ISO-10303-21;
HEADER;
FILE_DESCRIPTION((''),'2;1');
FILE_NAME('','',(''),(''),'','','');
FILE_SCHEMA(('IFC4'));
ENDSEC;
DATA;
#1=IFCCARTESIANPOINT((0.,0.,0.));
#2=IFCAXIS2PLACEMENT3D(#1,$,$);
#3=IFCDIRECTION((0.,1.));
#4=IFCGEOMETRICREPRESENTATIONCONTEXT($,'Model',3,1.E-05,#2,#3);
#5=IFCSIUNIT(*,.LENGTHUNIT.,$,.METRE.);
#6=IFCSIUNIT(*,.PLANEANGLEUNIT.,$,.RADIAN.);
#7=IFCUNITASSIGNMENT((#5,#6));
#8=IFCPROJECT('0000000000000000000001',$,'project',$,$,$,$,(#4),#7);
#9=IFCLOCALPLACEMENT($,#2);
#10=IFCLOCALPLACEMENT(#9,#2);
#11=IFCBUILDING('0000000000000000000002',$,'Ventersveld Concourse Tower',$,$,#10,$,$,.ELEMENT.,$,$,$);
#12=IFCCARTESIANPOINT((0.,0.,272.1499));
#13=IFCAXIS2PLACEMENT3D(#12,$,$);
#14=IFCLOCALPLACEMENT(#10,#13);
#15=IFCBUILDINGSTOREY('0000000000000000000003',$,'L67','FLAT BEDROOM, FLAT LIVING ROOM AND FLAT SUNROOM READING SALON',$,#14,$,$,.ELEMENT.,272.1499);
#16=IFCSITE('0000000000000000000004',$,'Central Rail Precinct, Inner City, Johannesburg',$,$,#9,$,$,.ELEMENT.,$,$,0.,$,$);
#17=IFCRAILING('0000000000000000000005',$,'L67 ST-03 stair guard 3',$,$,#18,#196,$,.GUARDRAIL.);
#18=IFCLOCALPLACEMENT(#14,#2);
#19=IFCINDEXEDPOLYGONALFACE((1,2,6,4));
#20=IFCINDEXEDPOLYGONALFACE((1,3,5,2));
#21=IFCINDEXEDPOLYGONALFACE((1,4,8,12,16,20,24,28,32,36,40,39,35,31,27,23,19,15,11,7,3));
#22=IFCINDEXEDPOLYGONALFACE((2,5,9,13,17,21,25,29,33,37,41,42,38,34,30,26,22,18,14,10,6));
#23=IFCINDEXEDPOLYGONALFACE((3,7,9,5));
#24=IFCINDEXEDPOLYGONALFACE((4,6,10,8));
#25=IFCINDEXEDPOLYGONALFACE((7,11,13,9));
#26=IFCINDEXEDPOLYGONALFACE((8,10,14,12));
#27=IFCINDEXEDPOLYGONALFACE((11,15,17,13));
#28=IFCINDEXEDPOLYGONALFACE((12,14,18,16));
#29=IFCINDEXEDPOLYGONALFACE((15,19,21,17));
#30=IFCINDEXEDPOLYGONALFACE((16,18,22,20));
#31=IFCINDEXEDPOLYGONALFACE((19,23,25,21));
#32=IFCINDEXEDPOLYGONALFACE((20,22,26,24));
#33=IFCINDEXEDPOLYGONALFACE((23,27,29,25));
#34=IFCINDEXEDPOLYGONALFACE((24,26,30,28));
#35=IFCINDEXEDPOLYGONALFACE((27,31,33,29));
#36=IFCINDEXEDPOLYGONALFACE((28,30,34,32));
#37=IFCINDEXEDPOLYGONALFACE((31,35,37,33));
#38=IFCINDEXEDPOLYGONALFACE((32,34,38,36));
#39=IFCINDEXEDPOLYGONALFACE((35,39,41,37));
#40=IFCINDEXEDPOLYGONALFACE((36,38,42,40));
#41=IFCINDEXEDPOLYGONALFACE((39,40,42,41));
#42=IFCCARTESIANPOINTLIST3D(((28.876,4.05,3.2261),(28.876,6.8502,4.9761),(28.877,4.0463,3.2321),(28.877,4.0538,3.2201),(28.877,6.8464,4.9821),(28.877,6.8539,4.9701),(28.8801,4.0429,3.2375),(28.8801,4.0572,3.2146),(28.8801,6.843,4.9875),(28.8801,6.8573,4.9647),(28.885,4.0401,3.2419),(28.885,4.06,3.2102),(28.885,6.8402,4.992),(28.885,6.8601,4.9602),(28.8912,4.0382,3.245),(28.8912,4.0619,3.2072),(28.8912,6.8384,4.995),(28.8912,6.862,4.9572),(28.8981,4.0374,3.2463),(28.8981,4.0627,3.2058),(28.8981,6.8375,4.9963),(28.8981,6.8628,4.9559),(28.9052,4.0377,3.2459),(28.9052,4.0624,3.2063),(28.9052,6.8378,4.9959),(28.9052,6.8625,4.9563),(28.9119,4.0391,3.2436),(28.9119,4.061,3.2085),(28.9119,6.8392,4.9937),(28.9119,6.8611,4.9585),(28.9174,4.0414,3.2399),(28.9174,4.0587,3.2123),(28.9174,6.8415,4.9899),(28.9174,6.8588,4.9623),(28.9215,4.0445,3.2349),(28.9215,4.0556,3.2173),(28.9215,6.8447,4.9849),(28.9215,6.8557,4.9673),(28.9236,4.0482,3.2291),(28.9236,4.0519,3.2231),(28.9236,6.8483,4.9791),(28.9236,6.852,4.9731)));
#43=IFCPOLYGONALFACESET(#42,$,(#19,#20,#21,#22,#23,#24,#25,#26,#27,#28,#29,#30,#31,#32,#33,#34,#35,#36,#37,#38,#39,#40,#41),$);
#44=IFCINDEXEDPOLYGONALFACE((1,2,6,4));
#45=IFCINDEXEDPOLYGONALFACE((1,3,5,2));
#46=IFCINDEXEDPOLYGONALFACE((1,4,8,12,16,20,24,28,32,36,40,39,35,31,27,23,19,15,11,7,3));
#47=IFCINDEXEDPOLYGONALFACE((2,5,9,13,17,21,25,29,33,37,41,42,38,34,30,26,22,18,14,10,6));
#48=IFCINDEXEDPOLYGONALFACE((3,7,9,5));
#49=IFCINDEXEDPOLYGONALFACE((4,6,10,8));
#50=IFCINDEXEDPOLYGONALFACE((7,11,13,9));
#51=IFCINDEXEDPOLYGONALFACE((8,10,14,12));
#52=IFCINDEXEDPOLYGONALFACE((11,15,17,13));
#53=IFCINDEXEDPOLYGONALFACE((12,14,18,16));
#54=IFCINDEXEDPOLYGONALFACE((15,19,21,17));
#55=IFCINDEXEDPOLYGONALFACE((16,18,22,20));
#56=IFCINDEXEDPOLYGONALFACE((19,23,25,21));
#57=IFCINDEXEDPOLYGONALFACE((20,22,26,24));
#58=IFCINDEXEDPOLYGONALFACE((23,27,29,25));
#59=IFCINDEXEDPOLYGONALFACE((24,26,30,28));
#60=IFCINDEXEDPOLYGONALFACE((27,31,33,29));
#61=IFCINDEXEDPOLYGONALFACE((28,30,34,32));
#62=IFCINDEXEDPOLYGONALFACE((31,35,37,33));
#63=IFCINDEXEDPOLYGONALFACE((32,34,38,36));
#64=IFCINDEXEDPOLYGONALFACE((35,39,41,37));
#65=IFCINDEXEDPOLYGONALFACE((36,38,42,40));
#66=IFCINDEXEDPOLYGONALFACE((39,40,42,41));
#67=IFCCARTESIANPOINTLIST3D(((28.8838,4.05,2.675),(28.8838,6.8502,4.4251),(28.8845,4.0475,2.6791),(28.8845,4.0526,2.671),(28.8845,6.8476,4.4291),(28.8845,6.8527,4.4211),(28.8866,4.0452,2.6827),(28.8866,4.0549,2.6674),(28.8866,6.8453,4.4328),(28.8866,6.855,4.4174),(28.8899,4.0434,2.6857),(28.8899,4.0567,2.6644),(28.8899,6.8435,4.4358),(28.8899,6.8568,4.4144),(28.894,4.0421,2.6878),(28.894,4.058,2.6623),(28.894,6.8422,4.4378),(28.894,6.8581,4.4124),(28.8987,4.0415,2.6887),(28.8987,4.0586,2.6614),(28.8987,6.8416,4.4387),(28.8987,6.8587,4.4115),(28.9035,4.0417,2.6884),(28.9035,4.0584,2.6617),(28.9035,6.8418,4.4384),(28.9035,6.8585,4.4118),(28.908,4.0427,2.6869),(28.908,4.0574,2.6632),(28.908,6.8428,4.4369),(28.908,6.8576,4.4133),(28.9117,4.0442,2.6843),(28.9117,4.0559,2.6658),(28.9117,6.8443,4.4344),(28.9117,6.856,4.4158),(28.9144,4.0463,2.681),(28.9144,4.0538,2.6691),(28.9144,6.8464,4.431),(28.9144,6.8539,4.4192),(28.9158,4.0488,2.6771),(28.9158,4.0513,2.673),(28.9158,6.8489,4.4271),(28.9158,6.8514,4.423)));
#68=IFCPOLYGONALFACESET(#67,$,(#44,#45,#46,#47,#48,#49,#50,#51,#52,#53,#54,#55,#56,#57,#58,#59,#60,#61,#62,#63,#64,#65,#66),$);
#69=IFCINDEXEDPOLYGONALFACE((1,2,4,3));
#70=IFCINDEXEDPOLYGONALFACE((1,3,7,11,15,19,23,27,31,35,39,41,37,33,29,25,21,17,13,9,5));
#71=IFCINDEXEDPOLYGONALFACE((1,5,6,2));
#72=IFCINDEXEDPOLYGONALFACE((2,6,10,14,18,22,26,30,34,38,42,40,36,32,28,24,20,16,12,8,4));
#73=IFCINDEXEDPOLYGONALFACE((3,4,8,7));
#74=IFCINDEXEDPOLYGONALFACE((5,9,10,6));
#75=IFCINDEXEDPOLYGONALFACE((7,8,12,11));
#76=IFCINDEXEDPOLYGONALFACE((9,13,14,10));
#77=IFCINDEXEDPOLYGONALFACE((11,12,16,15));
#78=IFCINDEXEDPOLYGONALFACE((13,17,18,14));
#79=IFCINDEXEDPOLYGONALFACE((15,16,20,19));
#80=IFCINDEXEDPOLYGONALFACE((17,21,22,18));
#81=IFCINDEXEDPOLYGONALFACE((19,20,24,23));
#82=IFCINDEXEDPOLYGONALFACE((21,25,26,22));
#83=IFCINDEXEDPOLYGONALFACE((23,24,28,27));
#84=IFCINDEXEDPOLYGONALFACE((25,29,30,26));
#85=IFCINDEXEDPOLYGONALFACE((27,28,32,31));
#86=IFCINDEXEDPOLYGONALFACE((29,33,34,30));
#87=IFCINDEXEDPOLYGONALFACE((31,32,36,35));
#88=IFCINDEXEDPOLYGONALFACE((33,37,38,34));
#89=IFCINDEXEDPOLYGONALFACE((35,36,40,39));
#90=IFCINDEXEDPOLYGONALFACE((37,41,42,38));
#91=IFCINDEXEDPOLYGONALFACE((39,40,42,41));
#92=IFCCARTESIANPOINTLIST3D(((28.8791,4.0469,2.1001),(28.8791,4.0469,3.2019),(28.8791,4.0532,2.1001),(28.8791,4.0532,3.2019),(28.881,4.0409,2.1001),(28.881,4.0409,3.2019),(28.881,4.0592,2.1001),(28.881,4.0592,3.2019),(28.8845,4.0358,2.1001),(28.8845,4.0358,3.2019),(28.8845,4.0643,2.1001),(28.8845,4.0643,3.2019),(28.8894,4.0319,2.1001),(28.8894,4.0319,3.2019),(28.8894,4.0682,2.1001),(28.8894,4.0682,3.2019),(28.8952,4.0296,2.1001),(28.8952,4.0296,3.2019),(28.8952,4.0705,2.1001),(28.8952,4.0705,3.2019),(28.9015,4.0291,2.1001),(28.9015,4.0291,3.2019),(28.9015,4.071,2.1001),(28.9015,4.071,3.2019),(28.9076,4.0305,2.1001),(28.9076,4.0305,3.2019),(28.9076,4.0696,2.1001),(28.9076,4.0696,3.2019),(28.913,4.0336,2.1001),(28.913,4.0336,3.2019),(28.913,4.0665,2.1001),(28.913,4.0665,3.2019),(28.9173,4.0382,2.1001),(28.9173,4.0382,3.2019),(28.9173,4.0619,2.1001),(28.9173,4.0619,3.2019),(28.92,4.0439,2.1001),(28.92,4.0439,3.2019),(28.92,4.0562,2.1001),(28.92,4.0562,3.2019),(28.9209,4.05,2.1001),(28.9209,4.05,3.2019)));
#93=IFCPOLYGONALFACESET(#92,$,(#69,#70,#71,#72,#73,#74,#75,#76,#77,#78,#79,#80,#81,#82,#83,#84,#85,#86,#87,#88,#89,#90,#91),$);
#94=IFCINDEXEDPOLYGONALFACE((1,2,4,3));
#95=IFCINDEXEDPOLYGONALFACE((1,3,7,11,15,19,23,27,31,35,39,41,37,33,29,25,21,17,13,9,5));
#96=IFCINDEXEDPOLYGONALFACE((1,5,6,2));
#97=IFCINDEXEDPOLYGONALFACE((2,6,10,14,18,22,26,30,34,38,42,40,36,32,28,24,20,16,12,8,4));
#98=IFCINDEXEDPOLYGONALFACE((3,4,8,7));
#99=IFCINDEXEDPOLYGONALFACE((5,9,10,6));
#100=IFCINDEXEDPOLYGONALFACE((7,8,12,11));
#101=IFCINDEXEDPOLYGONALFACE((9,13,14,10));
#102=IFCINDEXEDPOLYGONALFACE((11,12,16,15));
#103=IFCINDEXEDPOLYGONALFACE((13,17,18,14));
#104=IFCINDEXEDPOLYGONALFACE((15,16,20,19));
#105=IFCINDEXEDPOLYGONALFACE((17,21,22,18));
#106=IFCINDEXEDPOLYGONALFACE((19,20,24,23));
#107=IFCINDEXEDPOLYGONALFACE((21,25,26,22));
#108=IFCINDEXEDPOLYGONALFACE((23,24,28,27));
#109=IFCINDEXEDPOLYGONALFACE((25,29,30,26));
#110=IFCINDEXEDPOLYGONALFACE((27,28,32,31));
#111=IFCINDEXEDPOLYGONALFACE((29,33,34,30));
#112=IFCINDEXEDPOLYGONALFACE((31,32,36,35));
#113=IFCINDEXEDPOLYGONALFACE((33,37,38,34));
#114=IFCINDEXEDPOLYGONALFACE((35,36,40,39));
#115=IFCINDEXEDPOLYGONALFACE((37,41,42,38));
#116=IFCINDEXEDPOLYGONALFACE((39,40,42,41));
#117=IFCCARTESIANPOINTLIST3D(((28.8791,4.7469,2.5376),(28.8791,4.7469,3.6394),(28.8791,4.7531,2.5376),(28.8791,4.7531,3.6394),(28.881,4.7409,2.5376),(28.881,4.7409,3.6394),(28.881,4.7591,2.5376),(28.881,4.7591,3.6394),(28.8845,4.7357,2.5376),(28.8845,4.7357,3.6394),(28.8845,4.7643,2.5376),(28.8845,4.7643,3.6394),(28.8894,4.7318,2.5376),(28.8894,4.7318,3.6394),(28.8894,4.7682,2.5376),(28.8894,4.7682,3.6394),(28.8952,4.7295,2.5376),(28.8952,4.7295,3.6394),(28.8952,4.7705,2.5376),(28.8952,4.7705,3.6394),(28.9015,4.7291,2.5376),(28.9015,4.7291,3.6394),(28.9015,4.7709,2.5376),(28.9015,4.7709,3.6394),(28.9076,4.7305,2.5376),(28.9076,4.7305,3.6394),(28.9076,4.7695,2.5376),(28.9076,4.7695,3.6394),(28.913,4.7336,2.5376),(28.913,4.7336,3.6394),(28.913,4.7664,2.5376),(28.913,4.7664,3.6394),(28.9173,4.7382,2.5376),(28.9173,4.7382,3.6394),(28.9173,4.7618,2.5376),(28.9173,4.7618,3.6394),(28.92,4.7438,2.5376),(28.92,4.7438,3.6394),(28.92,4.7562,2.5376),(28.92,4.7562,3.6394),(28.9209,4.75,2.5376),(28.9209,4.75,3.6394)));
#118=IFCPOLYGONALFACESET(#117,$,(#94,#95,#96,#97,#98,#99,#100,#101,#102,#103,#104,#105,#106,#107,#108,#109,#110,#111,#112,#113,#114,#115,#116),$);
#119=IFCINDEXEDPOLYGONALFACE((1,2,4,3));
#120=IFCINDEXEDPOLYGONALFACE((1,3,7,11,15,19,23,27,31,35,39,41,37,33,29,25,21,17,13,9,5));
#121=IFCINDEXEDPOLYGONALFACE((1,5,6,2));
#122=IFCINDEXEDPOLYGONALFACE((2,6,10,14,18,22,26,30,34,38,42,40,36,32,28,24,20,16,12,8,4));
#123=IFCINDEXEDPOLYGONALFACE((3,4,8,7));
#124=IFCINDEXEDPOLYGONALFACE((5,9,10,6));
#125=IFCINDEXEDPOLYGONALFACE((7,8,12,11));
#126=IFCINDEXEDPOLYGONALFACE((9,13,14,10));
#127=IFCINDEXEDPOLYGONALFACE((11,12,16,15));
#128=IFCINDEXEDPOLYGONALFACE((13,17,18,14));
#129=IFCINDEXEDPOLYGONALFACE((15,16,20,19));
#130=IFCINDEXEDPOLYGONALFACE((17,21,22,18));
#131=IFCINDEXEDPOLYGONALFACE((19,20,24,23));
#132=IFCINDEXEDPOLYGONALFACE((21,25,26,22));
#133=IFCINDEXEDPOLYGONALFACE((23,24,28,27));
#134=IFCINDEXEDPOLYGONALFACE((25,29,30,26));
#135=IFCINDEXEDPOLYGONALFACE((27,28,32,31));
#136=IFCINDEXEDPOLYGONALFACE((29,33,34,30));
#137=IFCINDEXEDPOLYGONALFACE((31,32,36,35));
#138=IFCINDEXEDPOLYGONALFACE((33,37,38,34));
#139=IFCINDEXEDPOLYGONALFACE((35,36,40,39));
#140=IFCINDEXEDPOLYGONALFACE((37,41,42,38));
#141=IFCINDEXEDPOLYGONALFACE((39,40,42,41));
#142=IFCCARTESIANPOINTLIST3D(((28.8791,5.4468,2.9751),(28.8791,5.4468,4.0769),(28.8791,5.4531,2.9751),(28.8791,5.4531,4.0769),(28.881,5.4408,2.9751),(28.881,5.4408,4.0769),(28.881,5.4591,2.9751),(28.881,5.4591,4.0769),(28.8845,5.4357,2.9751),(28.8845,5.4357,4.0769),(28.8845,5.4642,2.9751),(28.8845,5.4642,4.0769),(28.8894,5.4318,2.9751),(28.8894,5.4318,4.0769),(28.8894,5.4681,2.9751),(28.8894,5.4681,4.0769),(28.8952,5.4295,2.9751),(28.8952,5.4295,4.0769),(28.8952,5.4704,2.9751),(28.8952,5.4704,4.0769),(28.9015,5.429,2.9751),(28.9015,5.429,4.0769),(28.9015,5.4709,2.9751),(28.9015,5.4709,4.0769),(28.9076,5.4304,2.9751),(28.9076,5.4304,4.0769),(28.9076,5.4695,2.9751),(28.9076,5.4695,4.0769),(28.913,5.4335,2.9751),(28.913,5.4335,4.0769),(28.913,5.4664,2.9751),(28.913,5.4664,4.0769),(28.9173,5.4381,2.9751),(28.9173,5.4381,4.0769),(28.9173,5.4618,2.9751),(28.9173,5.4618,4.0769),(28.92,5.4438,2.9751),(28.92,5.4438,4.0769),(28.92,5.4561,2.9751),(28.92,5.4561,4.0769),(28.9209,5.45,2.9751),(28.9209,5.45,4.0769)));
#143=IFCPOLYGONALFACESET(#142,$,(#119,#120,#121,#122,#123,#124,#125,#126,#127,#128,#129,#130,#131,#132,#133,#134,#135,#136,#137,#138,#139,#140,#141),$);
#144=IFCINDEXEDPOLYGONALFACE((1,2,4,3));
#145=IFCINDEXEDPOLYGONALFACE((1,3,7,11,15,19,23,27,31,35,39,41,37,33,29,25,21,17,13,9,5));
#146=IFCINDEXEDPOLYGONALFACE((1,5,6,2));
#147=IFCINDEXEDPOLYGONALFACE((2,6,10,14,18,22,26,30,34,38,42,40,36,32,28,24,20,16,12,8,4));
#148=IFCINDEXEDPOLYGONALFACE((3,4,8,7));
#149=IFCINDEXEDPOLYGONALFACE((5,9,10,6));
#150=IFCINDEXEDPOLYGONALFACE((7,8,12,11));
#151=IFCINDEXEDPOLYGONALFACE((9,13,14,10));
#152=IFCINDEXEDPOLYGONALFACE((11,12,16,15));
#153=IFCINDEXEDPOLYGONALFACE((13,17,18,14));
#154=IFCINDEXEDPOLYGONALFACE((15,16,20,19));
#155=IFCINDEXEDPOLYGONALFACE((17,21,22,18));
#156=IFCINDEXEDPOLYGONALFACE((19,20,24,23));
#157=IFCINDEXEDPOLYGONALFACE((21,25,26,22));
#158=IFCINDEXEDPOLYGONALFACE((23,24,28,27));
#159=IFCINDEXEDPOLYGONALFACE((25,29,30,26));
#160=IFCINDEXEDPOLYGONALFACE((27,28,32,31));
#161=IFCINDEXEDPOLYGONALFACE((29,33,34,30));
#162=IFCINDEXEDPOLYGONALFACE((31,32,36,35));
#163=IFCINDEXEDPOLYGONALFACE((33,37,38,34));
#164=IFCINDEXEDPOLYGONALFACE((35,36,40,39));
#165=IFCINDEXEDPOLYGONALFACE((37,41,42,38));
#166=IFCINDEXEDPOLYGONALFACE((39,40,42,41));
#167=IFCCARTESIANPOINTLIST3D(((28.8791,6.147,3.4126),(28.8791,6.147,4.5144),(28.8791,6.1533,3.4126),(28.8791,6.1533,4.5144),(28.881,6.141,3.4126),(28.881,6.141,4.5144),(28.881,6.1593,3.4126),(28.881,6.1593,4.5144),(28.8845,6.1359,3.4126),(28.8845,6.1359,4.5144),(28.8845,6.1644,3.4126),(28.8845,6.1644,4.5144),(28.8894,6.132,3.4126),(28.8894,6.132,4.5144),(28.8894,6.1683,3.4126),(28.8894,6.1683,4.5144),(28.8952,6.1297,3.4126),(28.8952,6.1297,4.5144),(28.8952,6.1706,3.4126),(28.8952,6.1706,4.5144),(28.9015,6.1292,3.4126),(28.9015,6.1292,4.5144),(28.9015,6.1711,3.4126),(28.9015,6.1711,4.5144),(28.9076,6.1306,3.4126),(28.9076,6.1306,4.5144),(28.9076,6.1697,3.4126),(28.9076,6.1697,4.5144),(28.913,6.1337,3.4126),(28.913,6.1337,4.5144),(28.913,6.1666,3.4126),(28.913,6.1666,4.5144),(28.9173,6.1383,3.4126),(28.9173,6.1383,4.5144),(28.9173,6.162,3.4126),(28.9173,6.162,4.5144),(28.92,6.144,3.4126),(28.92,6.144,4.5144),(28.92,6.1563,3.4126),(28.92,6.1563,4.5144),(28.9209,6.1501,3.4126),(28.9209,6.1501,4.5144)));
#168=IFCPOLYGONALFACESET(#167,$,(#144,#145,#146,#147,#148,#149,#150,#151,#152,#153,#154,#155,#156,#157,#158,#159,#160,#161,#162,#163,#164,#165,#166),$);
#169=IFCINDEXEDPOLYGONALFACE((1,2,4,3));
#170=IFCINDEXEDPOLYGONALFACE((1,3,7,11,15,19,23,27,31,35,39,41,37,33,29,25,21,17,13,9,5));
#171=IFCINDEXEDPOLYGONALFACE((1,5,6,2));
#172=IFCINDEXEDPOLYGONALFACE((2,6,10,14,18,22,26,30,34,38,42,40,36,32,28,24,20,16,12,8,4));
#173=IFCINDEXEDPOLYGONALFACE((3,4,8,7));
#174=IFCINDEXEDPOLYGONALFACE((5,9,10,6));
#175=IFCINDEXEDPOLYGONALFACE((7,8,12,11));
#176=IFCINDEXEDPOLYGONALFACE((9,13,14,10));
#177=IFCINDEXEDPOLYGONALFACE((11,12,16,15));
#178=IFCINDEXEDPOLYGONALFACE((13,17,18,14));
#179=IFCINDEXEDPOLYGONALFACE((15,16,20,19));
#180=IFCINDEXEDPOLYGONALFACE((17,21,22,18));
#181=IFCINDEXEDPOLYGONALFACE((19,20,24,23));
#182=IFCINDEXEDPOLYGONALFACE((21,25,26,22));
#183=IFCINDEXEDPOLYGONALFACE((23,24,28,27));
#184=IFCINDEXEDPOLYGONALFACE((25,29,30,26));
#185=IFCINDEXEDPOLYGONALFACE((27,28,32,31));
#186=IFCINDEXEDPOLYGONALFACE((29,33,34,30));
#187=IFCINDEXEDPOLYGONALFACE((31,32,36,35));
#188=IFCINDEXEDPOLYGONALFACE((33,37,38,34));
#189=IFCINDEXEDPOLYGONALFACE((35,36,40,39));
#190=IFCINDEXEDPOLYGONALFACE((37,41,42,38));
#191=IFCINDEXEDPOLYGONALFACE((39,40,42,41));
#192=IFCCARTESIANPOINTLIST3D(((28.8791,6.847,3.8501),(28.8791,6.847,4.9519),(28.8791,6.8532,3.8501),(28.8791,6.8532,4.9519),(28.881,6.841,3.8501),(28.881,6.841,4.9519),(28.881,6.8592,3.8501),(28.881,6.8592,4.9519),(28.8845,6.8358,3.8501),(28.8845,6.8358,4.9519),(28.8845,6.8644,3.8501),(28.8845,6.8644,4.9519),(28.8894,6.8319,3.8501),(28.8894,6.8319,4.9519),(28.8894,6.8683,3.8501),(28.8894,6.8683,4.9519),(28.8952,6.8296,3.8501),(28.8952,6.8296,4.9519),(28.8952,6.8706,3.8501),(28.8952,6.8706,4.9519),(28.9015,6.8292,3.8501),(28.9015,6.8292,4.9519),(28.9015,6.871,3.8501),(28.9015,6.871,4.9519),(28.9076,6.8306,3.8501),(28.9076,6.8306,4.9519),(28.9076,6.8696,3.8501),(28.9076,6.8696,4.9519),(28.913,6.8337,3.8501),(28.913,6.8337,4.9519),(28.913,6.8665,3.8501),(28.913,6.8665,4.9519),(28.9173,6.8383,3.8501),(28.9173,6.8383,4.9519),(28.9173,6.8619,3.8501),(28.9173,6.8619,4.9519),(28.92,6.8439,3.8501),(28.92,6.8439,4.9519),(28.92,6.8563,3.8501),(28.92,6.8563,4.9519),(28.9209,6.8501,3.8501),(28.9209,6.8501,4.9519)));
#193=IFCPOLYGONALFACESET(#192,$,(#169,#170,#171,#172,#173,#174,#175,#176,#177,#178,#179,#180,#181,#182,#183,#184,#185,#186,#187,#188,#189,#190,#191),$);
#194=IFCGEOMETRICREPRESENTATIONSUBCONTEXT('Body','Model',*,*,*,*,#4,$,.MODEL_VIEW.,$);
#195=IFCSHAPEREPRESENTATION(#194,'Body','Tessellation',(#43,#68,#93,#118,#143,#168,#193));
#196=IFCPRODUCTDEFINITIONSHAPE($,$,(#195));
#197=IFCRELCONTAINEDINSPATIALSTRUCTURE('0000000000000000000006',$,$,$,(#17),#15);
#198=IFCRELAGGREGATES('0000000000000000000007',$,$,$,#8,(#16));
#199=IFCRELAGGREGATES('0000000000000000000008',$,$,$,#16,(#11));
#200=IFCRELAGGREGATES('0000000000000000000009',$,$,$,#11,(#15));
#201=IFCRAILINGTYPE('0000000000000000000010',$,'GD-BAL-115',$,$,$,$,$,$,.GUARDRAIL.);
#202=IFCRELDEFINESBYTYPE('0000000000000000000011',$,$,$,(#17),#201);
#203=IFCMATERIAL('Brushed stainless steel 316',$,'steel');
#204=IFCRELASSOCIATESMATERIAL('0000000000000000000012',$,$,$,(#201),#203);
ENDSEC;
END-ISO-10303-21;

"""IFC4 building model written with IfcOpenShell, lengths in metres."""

from ifc_helpers import new_model, si_unit, direction, frame, origin, origin_2d, place, context, subcontext, project, spatial, circle, extrude, material, type_object, element, save


model = new_model("IFC4")

# Units and contexts
model_context = context("Model", 3, precision=1e-05, world=origin(), true_north=direction((0.0, 1.0)))
body_context = subcontext(model_context, "Body", "Model", "MODEL_VIEW")
ifc_project = project(units=[si_unit("LENGTHUNIT", "METRE"), si_unit("PLANEANGLEUNIT", "RADIAN")], contexts=[model_context])

# Site, building, storey
site_placement = place(None, origin())
site = spatial("IfcSite", under=ifc_project, at=site_placement, Name="Central Rail Precinct, Inner City, Johannesburg", CompositionType="ELEMENT", RefElevation=0.0)
building_placement = place(site_placement, origin())
building = spatial("IfcBuilding", under=site, at=building_placement, Name="Ventersveld Concourse Tower", CompositionType="ELEMENT")
storey_placement = place(building_placement, frame((0.0, 0.0, 272.1499)))
storey = spatial("IfcBuildingStorey", under=building, at=storey_placement, Name="L67", Description="FLAT BEDROOM, FLAT LIVING ROOM AND FLAT SUNROOM READING SALON", CompositionType="ELEMENT", Elevation=272.1499)

# Railing
ifc_material_1 = material(Name="Brushed stainless steel 316", Category="steel")
railing_type_1 = type_object("IfcRailingType", Name="GD-BAL-115", PredefinedType="GUARDRAIL", material=ifc_material_1)
railing_1_placement = place(storey_placement, frame((28.8999, 4.05, 2.1001)))
element("IfcRailing", 1, at=railing_1_placement, inside=storey, type_object=railing_type_1, Name="L67 ST-03 stair guard 3", PredefinedType="GUARDRAIL", context=body_context, shape_type="SweptSolid", body=[
    extrude(circle(Radius=0.0239, at=origin_2d()), frame((0.0, 0.0, 1.126), z_axis=(0.0, 0.848002, 0.529992), x_axis=(-1.0, 0.0, 0.0)), (0.0, 0.0, 1.0), 3.302),
    extrude(circle(Radius=0.0161, at=origin_2d()), frame((0.0, 0.0, 0.575), z_axis=(0.0, 0.848002, 0.529992), x_axis=(-1.0, 0.0, 0.0)), (0.0, 0.0, 1.0), 3.302),
    extrude(circle(Radius=0.021, at=origin_2d()), origin(), (0.0, 0.0, 1.0), 1.1018),
    extrude(circle(Radius=0.021, at=origin_2d()), frame((0.0, 0.7, 0.4375)), (0.0, 0.0, 1.0), 1.1018),
    extrude(circle(Radius=0.021, at=origin_2d()), frame((0.0, 1.3999, 0.875)), (0.0, 0.0, 1.0), 1.1018),
    extrude(circle(Radius=0.021, at=origin_2d()), frame((0.0, 2.1001, 1.3125)), (0.0, 0.0, 1.0), 1.1018),
    extrude(circle(Radius=0.021, at=origin_2d()), frame((0.0, 2.8, 1.75)), (0.0, 0.0, 1.0), 1.1018),
])

save(model, "model.ifc")
